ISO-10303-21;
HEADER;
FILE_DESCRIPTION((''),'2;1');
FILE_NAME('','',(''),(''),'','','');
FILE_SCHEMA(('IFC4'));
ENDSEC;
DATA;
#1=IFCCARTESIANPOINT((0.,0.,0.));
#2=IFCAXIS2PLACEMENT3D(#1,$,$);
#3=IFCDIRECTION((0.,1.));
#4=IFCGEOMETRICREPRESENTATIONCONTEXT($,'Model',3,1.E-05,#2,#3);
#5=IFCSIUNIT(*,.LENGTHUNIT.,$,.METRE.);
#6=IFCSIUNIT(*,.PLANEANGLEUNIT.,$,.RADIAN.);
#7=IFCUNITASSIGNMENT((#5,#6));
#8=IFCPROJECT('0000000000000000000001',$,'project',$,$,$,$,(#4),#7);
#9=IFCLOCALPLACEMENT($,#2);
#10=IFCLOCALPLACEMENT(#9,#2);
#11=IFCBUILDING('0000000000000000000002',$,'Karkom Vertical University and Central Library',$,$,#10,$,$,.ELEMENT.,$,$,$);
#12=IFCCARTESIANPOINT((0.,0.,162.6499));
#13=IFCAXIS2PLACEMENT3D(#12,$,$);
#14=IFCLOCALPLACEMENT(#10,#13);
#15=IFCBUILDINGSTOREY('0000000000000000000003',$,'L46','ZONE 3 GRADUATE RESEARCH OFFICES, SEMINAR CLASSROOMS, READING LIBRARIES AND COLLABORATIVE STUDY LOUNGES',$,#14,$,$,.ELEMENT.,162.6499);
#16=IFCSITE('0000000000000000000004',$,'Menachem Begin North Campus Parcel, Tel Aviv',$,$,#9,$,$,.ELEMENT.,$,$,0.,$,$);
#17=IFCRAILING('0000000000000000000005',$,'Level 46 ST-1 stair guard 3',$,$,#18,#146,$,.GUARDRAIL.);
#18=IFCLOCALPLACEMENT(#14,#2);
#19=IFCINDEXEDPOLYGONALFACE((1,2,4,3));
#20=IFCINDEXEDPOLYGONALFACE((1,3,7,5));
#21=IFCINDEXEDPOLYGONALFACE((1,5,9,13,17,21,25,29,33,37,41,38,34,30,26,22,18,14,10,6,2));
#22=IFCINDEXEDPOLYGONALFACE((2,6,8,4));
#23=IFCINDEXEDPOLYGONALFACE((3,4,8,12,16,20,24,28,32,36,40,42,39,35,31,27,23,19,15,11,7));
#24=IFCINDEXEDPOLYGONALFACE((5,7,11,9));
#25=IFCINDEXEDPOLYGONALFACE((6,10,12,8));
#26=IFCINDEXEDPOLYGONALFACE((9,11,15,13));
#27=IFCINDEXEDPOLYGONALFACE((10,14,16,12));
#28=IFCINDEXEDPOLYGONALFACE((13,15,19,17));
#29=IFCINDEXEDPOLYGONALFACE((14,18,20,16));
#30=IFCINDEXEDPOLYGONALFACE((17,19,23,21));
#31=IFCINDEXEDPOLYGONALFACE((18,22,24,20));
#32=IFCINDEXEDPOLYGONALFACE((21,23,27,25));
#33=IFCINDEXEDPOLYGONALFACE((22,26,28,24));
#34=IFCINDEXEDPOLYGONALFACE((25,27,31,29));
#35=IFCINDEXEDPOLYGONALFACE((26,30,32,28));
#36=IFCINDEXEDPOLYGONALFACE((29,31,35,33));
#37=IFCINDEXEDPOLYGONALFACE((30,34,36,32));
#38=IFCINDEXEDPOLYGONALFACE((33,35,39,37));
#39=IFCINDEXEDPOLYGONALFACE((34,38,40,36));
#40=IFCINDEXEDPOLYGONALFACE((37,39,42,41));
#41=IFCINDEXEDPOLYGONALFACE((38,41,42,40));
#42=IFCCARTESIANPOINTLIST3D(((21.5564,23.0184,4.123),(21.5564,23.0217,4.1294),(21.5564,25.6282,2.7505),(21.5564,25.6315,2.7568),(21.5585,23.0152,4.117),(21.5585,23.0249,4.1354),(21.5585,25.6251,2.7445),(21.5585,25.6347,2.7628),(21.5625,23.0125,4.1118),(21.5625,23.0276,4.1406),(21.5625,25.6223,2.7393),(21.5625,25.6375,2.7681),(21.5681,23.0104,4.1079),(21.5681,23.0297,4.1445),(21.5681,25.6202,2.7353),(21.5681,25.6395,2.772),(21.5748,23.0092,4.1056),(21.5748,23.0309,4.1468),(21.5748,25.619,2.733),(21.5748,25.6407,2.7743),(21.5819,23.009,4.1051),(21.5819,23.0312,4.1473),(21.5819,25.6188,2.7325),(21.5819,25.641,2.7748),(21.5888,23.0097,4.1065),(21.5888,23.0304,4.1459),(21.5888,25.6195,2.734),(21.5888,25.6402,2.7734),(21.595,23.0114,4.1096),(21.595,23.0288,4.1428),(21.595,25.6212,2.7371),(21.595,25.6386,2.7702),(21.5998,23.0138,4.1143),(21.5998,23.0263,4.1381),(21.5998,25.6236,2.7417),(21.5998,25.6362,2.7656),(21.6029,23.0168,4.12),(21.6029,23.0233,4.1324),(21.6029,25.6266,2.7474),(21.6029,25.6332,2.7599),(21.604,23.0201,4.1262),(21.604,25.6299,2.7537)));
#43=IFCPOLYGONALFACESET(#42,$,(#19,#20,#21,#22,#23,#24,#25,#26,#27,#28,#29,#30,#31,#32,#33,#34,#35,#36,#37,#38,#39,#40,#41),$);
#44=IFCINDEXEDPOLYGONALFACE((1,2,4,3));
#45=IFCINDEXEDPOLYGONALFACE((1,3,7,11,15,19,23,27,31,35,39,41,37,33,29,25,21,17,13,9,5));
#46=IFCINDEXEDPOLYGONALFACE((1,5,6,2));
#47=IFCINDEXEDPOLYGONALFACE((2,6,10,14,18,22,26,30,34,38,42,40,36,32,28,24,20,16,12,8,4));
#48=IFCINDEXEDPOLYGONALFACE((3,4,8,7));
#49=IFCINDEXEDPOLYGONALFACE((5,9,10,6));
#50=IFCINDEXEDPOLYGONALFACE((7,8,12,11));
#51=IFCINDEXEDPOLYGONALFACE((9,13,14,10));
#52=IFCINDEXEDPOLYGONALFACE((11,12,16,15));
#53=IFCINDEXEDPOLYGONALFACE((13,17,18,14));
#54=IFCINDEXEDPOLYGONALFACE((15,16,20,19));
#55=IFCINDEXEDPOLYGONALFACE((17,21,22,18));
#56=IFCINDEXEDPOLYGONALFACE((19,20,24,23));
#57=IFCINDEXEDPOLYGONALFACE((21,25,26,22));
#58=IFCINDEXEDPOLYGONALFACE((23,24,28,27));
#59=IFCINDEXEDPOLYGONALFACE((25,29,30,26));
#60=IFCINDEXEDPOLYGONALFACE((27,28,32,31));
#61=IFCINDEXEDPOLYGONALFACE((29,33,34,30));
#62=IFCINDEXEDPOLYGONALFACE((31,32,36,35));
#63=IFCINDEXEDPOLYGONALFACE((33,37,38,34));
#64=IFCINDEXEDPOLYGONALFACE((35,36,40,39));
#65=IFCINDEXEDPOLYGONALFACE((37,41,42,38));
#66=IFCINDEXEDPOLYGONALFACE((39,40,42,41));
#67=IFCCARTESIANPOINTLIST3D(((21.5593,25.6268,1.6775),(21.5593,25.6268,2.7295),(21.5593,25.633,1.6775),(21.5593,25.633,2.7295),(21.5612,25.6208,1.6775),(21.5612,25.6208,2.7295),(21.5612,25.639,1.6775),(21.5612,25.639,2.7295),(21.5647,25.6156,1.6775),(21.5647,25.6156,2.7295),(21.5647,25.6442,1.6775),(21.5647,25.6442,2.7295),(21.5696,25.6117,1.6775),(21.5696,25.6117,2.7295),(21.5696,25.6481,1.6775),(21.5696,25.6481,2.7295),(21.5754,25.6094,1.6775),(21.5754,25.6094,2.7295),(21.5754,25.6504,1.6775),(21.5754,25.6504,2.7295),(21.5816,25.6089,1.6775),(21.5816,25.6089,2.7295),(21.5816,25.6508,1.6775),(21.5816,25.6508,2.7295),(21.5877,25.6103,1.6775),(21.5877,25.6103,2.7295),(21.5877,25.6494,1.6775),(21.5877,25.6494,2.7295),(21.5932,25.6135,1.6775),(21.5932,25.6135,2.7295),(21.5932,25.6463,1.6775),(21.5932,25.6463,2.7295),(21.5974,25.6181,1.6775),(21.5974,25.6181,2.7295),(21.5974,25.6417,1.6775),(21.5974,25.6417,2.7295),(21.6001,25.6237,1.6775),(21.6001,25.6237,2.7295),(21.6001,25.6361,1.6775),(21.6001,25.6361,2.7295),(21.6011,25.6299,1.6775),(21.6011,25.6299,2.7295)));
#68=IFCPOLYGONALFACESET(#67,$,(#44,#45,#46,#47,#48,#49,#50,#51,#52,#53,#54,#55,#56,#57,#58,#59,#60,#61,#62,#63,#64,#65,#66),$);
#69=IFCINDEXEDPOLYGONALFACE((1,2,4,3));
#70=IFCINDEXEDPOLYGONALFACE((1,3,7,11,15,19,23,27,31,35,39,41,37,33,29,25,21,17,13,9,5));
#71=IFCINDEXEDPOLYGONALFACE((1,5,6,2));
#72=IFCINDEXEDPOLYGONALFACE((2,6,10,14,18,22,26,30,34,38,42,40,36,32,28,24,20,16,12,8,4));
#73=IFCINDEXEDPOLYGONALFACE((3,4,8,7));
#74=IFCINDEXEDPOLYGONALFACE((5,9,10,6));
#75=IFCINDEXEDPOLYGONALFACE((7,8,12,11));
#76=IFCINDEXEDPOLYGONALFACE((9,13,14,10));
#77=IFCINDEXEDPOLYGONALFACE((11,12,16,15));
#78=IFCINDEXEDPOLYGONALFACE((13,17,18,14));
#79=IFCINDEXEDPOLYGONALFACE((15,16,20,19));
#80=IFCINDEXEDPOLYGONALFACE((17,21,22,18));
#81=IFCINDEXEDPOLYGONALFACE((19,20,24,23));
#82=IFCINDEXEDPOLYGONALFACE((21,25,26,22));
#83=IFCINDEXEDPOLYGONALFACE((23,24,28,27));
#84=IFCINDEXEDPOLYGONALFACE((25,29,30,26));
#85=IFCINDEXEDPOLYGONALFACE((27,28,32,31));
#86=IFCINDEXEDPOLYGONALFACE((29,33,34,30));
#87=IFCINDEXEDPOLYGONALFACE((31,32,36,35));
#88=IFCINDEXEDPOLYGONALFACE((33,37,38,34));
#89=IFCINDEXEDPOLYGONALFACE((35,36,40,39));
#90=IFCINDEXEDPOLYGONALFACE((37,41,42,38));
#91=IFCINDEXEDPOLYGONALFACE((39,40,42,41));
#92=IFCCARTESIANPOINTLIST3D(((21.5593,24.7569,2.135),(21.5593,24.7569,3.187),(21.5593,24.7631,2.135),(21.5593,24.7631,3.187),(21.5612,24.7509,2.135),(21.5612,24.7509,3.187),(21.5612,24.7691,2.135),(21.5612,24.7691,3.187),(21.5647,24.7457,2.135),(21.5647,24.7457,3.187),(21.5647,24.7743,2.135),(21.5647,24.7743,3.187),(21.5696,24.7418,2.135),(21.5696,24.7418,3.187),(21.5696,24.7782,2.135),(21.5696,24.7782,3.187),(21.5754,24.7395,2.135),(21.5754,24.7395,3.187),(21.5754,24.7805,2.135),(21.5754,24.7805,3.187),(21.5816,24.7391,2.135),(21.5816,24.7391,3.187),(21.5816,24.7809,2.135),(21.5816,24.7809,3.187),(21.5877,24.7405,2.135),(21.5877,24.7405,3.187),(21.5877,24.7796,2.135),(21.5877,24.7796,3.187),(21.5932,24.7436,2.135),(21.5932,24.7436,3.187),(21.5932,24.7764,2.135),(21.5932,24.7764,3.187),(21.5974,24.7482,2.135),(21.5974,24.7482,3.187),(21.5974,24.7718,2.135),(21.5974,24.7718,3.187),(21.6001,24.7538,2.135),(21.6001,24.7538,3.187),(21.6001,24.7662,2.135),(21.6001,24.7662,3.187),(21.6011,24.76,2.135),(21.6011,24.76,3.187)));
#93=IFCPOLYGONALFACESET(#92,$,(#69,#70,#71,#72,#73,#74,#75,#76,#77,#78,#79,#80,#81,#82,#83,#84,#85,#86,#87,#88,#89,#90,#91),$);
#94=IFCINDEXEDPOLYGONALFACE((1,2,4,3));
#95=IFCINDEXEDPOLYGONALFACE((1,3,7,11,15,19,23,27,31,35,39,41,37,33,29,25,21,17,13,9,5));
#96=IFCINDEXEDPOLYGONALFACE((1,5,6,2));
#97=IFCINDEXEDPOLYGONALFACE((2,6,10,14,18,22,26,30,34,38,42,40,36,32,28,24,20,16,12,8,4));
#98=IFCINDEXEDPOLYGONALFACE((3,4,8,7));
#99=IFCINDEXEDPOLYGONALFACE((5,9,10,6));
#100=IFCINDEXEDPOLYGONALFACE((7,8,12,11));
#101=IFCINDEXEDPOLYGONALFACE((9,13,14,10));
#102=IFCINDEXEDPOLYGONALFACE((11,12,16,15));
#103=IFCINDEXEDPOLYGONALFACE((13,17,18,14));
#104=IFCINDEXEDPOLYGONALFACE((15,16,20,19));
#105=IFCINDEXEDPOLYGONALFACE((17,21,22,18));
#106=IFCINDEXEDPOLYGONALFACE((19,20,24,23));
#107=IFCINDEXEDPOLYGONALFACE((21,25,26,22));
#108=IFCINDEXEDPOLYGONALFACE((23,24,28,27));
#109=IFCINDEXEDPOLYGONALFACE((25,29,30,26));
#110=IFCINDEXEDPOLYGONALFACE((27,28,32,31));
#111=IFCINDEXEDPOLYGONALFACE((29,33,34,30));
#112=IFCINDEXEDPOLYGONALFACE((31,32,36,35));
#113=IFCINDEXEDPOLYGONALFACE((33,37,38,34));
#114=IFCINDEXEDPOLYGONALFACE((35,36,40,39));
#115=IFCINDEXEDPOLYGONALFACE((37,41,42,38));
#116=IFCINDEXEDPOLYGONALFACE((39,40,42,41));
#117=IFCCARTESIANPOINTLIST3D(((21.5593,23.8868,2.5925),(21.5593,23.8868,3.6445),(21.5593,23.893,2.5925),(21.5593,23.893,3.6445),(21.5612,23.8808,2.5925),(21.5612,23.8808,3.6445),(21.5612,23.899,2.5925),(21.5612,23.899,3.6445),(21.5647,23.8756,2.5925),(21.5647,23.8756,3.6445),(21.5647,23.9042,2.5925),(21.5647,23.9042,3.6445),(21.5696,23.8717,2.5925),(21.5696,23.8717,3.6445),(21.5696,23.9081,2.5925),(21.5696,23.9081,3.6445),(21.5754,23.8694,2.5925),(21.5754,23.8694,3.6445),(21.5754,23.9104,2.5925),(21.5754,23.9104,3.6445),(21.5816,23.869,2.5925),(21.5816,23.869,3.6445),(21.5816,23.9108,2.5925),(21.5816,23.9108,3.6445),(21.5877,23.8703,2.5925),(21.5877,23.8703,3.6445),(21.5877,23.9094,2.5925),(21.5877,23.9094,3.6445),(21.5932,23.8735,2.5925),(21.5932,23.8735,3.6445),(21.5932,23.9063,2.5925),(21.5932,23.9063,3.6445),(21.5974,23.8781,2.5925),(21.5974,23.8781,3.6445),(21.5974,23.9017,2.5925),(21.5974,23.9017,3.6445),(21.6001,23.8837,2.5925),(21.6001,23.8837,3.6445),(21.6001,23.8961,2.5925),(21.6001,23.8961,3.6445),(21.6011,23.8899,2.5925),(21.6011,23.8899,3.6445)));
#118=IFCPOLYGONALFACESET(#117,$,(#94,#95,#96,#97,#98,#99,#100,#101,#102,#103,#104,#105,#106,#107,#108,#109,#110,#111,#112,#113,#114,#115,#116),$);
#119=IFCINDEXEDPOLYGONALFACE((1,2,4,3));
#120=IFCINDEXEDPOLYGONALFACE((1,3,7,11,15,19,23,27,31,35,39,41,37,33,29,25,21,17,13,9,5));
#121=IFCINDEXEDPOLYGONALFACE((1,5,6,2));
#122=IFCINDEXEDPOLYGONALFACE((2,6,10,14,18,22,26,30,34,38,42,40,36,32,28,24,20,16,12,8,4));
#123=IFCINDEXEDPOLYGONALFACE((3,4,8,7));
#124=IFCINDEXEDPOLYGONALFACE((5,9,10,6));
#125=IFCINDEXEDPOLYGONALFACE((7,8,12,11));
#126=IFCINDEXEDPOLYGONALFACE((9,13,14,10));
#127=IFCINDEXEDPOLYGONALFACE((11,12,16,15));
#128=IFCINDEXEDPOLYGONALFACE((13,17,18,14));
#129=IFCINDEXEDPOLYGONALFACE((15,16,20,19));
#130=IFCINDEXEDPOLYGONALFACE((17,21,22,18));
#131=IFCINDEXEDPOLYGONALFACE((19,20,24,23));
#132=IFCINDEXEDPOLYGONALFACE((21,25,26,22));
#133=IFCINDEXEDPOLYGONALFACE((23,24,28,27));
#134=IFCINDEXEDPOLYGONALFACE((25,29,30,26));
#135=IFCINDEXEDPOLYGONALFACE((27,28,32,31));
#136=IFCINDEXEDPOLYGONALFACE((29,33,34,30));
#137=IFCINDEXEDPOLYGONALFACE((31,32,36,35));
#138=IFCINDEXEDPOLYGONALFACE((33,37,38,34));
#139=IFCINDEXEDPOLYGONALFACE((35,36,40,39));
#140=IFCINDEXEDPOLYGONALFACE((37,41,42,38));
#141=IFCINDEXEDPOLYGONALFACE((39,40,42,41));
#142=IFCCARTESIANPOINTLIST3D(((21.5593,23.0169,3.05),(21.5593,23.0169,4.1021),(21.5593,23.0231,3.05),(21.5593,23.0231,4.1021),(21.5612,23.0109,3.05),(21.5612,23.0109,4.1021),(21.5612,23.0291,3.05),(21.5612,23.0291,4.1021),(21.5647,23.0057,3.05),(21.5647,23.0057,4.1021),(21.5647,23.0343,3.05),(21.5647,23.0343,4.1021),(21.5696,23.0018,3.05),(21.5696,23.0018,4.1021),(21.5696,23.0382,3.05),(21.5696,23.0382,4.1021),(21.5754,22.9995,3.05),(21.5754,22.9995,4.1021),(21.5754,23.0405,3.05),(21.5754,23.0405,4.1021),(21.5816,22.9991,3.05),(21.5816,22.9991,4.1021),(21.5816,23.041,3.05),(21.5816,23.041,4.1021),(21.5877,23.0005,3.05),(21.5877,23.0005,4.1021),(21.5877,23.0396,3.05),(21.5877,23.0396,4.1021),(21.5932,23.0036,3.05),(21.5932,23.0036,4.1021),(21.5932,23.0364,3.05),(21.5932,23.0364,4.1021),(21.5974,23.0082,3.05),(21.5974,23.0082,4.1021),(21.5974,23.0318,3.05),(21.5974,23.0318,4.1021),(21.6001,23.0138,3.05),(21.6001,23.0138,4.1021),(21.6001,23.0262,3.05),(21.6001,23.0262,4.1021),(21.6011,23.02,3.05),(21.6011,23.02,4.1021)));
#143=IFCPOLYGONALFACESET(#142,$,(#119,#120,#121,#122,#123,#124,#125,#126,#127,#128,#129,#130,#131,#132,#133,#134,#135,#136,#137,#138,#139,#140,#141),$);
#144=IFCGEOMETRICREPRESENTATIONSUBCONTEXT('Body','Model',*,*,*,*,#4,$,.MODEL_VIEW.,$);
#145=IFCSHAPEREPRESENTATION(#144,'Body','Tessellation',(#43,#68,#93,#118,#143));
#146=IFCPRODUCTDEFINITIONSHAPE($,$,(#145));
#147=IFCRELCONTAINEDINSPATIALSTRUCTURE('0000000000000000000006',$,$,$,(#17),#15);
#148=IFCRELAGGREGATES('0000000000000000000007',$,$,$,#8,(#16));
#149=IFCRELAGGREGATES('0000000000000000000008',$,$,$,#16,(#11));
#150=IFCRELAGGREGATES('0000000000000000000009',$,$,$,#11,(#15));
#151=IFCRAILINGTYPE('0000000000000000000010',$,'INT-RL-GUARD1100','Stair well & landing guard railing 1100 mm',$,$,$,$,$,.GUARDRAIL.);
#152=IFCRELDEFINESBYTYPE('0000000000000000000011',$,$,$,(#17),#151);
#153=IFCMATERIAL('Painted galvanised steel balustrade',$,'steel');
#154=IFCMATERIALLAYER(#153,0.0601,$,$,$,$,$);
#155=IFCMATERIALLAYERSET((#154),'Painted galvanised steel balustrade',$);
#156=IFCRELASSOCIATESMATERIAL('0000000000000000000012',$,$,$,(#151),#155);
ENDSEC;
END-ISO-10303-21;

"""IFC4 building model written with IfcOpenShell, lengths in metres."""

from ifc_helpers import new_model, si_unit, direction, frame, origin, origin_2d, place, context, subcontext, project, spatial, circle, extrude, material, layer, layer_set, type_object, element, save


model = new_model("IFC4")

# Units and contexts
model_context = context("Model", 3, precision=1e-05, world=origin(), true_north=direction((0.0, 1.0)))
body_context = subcontext(model_context, "Body", "Model", "MODEL_VIEW")
ifc_project = project(units=[si_unit("LENGTHUNIT", "METRE"), si_unit("PLANEANGLEUNIT", "RADIAN")], contexts=[model_context])

# Site, building, storey
site_placement = place(None, origin())
site = spatial("IfcSite", under=ifc_project, at=site_placement, Name="Menachem Begin North Campus Parcel, Tel Aviv", CompositionType="ELEMENT", RefElevation=0.0)
building_placement = place(site_placement, origin())
building = spatial("IfcBuilding", under=site, at=building_placement, Name="Karkom Vertical University and Central Library", CompositionType="ELEMENT")
storey_placement = place(building_placement, frame((0.0, 0.0, 162.6499)))
storey = spatial("IfcBuildingStorey", under=building, at=storey_placement, Name="L46", Description="ZONE 3 GRADUATE RESEARCH OFFICES, SEMINAR CLASSROOMS, READING LIBRARIES AND COLLABORATIVE STUDY LOUNGES", CompositionType="ELEMENT", Elevation=162.6499)

# Railing
ifc_material_1 = material(Name="Painted galvanised steel balustrade", Category="steel")
ifc_layer_1 = layer(ifc_material_1, 0.0601)
ifc_layer_set_1 = layer_set([ifc_layer_1], Name="Painted galvanised steel balustrade")
railing_type_1 = type_object("IfcRailingType", Name="INT-RL-GUARD1100", Description="Stair well & landing guard railing 1100 mm", PredefinedType="GUARDRAIL", material=ifc_layer_set_1)
railing_1_placement = place(storey_placement, frame((21.5801, 25.6299, 1.6775)))
element("IfcRailing", 1, at=railing_1_placement, inside=storey, type_object=railing_type_1, Name="Level 46 ST-1 stair guard 3", PredefinedType="GUARDRAIL", context=body_context, shape_type="SweptSolid", body=[
    extrude(circle(Radius=0.0239, at=origin_2d()), frame((0.0, 0.0, 1.0762), z_axis=(0.0, -0.885065, 0.465467), x_axis=(1.0, 0.0, 0.0)), (0.0, 0.0, 1.0), 2.9487),
    extrude(circle(Radius=0.021, at=origin_2d()), origin(), (0.0, 0.0, 1.0), 1.052),
    extrude(circle(Radius=0.021, at=origin_2d()), frame((0.0, -0.8699, 0.4575)), (0.0, 0.0, 1.0), 1.052),
    extrude(circle(Radius=0.021, at=origin_2d()), frame((0.0, -1.74, 0.915)), (0.0, 0.0, 1.0), 1.052),
    extrude(circle(Radius=0.021, at=origin_2d()), frame((0.0, -2.6099, 1.3726)), (0.0, 0.0, 1.0), 1.052),
])

save(model, "model.ifc")
